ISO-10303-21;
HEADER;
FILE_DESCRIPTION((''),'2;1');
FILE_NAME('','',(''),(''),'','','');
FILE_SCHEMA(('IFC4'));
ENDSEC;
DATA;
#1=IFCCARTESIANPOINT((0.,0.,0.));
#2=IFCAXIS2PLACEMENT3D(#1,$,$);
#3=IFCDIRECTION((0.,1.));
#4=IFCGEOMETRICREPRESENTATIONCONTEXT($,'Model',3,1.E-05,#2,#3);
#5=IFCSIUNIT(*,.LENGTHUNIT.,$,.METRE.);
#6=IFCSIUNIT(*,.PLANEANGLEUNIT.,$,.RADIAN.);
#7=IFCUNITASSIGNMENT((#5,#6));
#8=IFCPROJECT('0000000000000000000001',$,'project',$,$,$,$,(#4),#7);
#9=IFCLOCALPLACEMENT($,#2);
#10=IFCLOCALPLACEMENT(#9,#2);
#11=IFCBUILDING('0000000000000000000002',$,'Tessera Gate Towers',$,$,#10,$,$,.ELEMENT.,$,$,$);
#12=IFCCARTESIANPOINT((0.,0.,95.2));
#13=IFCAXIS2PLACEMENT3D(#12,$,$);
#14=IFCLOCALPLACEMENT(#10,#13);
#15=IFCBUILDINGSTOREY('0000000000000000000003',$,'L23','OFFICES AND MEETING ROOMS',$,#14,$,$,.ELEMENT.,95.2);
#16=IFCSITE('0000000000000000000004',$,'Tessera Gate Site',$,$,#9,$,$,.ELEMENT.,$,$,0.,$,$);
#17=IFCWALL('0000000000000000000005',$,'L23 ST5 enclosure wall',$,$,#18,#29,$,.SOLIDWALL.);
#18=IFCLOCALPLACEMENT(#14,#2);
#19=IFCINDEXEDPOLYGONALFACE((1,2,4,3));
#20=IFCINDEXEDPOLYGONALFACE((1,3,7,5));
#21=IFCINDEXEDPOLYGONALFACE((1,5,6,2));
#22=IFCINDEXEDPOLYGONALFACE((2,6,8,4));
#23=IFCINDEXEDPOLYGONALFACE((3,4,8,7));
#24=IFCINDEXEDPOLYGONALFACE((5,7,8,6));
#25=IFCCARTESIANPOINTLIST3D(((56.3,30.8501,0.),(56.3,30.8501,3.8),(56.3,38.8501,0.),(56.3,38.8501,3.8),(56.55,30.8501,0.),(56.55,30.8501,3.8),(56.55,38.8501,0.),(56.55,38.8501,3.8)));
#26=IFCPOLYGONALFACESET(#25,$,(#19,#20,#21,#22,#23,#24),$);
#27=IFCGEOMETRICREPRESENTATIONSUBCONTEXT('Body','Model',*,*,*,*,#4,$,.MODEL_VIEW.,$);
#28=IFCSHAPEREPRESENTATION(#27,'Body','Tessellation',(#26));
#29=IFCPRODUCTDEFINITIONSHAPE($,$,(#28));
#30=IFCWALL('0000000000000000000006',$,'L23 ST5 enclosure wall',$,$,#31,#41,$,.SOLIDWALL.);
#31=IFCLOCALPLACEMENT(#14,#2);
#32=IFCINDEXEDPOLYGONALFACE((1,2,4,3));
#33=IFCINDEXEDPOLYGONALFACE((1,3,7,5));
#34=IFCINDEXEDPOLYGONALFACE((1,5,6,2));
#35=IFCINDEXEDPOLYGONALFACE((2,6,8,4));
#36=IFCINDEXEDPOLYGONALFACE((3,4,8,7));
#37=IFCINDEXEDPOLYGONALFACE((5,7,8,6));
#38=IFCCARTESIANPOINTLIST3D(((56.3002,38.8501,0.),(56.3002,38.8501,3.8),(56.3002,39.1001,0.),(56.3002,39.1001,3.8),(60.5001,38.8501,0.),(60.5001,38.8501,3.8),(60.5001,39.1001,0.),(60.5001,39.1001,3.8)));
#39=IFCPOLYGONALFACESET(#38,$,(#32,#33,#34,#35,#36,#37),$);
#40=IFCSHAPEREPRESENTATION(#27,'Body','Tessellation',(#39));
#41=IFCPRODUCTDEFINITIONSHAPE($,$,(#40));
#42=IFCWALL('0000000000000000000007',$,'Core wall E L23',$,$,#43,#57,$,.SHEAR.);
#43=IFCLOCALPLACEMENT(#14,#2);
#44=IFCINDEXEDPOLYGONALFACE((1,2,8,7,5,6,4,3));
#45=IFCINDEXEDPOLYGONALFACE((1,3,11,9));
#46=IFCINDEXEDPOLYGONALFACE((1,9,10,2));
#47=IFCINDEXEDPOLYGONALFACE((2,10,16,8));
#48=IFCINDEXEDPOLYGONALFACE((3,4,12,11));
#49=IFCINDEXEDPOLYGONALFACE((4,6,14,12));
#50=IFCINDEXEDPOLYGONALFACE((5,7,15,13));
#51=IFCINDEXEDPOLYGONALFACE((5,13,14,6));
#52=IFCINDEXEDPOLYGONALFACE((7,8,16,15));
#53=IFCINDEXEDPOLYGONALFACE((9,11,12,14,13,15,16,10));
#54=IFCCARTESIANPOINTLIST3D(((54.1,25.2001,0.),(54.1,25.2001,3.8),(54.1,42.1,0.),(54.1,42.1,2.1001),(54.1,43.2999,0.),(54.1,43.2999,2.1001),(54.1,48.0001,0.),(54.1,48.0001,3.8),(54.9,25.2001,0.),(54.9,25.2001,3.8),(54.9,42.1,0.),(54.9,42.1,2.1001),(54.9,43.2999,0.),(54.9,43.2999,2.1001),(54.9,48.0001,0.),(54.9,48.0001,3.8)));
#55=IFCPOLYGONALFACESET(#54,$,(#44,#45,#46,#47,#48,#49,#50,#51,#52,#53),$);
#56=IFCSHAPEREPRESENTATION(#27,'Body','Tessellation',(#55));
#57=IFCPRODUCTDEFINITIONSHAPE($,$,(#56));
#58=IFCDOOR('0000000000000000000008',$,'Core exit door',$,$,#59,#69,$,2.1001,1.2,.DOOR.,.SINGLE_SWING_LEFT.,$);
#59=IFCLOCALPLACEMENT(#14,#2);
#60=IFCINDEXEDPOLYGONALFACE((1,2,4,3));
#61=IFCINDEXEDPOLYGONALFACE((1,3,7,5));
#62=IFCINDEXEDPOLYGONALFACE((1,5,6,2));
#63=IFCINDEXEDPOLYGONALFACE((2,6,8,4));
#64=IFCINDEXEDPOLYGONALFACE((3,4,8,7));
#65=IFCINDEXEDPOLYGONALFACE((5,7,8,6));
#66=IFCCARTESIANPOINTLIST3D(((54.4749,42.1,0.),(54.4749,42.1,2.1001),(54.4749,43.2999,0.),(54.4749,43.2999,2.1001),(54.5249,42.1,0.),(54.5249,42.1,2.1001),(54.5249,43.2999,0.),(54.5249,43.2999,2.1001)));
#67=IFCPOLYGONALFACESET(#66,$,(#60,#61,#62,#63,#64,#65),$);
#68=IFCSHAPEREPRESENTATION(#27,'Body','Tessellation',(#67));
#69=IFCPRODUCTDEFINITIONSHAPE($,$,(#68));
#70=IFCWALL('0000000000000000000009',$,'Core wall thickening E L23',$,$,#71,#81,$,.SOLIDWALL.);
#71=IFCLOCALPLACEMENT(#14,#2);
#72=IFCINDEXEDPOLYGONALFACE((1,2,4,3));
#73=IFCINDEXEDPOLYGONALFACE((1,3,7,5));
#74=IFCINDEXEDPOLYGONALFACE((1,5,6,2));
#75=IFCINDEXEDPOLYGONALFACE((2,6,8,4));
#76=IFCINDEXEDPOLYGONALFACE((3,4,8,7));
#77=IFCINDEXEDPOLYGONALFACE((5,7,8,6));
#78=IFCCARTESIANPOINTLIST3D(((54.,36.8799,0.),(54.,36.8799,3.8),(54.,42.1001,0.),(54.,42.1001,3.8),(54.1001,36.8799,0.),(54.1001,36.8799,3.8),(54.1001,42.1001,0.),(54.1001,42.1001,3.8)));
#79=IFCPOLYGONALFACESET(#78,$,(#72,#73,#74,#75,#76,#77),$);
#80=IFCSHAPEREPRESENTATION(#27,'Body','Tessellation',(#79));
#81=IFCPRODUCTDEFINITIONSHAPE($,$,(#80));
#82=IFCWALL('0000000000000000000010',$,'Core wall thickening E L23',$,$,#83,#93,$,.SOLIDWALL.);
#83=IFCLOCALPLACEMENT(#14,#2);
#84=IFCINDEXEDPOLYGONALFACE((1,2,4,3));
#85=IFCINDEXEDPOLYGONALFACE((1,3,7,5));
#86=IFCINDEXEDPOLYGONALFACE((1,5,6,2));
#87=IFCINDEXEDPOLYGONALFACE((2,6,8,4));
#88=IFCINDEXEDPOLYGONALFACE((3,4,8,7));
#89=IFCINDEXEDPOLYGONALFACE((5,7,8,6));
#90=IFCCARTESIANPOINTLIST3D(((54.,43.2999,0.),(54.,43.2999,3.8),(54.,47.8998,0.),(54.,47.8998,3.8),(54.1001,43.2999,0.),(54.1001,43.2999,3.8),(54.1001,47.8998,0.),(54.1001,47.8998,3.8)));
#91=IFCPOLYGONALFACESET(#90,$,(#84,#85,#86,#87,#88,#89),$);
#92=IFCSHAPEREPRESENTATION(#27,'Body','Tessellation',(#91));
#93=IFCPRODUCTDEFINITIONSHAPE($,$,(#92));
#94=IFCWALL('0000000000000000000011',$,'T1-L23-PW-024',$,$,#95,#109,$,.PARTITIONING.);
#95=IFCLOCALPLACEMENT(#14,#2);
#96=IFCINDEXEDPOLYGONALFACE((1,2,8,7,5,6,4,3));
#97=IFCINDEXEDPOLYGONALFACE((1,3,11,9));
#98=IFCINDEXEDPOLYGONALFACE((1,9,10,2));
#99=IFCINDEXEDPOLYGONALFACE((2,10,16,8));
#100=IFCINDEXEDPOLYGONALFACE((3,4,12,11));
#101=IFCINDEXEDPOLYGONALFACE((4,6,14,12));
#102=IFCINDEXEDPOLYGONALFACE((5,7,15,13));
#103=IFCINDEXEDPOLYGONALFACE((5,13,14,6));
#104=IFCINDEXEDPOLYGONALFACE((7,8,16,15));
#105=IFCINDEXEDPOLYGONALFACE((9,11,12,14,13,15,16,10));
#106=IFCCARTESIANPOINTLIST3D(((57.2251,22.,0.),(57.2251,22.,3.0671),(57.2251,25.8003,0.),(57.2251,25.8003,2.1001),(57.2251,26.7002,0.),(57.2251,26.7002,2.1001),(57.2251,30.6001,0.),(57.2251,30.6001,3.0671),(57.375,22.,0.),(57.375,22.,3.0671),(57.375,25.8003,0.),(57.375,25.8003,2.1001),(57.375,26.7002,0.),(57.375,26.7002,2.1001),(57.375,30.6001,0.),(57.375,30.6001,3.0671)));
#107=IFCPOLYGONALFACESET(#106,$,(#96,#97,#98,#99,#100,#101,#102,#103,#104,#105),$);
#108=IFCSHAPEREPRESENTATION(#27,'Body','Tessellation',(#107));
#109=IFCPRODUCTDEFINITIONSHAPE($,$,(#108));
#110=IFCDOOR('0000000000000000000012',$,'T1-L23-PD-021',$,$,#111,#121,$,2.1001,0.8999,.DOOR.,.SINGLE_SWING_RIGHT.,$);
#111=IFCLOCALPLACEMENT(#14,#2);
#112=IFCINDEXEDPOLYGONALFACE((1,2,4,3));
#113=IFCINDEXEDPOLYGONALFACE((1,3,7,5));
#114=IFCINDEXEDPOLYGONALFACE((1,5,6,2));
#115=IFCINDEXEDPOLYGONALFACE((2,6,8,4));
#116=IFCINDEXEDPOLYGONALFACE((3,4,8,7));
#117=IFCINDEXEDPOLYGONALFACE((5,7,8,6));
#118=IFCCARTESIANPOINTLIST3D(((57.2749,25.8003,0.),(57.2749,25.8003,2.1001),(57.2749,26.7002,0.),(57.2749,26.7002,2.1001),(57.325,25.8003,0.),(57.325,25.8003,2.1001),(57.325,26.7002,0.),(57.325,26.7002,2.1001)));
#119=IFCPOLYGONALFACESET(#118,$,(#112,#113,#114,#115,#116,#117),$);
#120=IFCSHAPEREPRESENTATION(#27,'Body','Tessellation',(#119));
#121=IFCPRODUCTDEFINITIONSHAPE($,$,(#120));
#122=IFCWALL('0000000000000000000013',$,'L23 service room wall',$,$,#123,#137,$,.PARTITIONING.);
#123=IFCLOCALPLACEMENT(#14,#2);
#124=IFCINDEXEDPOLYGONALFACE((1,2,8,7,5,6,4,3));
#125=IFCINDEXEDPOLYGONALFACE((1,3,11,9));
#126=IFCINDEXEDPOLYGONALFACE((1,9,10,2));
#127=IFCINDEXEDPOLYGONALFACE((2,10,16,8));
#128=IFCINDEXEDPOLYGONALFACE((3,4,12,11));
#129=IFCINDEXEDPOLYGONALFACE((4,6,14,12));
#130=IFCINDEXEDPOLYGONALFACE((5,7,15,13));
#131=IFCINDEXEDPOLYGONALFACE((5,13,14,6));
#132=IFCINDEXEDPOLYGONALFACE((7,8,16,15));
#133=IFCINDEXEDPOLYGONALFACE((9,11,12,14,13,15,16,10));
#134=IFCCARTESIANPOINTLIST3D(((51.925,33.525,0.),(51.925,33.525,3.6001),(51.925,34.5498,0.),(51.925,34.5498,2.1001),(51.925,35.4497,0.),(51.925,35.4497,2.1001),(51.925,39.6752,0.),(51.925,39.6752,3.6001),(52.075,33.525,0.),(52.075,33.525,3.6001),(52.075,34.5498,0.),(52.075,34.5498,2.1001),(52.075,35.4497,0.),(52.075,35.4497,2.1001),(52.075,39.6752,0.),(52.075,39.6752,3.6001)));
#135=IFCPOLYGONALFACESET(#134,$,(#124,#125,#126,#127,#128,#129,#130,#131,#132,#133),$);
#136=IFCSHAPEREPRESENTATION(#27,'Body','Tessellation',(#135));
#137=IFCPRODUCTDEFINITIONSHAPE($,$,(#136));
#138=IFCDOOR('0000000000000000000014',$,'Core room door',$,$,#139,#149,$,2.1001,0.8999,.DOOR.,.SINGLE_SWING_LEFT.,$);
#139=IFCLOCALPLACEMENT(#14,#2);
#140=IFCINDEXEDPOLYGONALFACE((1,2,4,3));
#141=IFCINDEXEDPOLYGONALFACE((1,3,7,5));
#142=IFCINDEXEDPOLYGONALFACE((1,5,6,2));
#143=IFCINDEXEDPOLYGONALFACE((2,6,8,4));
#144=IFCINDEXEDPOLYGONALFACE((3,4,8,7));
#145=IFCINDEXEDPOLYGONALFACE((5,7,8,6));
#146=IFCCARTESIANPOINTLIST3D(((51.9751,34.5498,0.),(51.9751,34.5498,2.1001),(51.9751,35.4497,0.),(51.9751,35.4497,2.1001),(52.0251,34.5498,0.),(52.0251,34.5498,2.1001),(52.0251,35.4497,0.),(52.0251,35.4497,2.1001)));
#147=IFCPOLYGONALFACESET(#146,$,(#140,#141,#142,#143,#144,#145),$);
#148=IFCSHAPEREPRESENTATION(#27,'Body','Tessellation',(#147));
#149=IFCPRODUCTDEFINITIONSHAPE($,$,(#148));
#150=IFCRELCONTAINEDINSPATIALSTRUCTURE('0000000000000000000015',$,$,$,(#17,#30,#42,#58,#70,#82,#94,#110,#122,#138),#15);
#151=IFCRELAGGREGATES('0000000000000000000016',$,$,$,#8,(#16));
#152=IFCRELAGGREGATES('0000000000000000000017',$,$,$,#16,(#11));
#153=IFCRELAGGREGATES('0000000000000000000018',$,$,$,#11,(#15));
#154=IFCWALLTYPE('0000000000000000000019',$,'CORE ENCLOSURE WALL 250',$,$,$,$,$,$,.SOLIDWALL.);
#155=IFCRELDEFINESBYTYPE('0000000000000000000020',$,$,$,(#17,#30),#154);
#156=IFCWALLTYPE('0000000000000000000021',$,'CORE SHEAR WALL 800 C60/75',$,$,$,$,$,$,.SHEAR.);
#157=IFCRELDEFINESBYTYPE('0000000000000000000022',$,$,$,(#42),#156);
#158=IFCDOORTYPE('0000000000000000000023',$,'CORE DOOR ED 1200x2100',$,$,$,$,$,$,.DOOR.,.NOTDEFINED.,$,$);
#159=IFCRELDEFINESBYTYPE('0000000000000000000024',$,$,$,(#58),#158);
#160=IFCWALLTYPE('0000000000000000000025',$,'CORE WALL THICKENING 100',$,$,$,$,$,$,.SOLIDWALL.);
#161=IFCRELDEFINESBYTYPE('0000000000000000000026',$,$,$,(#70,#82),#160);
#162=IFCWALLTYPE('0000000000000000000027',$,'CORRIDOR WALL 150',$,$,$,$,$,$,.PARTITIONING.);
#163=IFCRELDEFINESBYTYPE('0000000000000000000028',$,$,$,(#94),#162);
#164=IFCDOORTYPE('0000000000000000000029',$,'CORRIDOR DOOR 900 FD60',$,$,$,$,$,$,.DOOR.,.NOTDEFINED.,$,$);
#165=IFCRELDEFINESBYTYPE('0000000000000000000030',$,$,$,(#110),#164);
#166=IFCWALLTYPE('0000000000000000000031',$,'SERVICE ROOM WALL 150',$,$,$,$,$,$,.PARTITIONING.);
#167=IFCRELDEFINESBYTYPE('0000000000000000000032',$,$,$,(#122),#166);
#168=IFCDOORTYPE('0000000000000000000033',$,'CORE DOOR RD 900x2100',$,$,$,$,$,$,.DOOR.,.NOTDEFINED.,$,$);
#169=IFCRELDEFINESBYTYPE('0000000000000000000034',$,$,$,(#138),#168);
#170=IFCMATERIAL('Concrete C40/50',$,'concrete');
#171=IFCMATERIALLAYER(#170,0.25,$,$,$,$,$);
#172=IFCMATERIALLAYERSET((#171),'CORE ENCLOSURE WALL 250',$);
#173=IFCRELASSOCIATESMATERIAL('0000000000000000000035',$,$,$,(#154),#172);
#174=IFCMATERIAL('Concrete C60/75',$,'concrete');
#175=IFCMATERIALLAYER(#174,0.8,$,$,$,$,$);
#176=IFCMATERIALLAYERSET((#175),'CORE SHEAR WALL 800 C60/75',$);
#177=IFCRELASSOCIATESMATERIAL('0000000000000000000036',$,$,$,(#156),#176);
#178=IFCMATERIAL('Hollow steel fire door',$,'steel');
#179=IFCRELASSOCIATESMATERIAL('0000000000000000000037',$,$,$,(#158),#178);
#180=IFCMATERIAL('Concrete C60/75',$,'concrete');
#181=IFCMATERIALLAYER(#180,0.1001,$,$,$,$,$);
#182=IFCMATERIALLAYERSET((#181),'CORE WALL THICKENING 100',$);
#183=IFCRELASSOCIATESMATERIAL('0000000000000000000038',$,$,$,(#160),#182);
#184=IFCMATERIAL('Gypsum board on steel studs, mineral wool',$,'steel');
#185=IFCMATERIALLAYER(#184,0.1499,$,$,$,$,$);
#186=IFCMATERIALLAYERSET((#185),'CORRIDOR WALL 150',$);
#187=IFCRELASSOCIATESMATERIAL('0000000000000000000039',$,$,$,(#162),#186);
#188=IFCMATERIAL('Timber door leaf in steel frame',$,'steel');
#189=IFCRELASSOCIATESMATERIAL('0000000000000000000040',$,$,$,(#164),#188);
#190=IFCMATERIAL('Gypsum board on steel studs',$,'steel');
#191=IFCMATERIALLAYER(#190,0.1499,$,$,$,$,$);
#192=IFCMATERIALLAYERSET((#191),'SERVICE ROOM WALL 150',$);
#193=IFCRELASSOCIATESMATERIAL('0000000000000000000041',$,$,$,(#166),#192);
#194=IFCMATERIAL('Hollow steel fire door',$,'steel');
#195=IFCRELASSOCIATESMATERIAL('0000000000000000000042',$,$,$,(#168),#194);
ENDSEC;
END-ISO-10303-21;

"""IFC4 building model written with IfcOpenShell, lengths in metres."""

from ifc_helpers import new_model, si_unit, direction, frame, frame_2d, origin, place, context, subcontext, project, spatial, rectangle, extrude, source, transform, mapped, material, layer, layer_set, type_object, element, fill, save


model = new_model("IFC4")

# Units and contexts
model_context = context("Model", 3, precision=1e-05, world=origin(), true_north=direction((0.0, 1.0)))
body_context = subcontext(model_context, "Body", "Model", "MODEL_VIEW")
ifc_project = project(units=[si_unit("LENGTHUNIT", "METRE"), si_unit("PLANEANGLEUNIT", "RADIAN")], contexts=[model_context])

# Site, building, storey
site_placement = place(None, origin())
site = spatial("IfcSite", under=ifc_project, at=site_placement, Name="Tessera Gate Site", CompositionType="ELEMENT", RefElevation=0.0)
building_placement = place(site_placement, origin())
building = spatial("IfcBuilding", under=site, at=building_placement, Name="Tessera Gate Towers", CompositionType="ELEMENT")
storey_placement = place(building_placement, frame((0.0, 0.0, 95.2)))
storey = spatial("IfcBuildingStorey", under=building, at=storey_placement, Name="L23", Description="OFFICES AND MEETING ROOMS", CompositionType="ELEMENT", Elevation=95.2)

# Shared definitions
ifc_material_1 = material(Name="Concrete C40/50", Category="concrete")
ifc_layer_1 = layer(ifc_material_1, 0.25)
ifc_layer_set_1 = layer_set([ifc_layer_1], Name="CORE ENCLOSURE WALL 250")
wall_type_1 = type_object("IfcWallType", Name="CORE ENCLOSURE WALL 250", PredefinedType="SOLIDWALL", material=ifc_layer_set_1)
shared_shape_1 = source(origin(), body_context, "Body", "SweptSolid", [
    extrude(rectangle(XDim=1.2, YDim=2.1001, at=frame_2d((0.6001, 1.05))), frame((0.0, 0.0249, 0.0), z_axis=(0.0, -1.0, 0.0), x_axis=(1.0, 0.0, 0.0)), (0.0, 0.0, 1.0), 0.05),
])

# Walls
wall_1_placement = place(storey_placement, frame((56.425, 30.8501, 0.0), z_axis=(0.0, 0.0, 1.0), x_axis=(0.0, 1.0, 0.0)))
element("IfcWall", 1, at=wall_1_placement, inside=storey, type_object=wall_type_1, Name="L23 ST5 enclosure wall", PredefinedType="SOLIDWALL", context=body_context, shape_type="SweptSolid", body=[
    extrude(rectangle(XDim=8.0, YDim=0.25, at=frame_2d((4.0, 0.0))), origin(), (0.0, 0.0, 1.0), 3.8),
])
wall_2_placement = place(storey_placement, frame((56.3, 38.9751, 0.0), z_axis=(0.0, 0.0, 1.0), x_axis=(1.0, 0.0, 0.0)))
element("IfcWall", 2, at=wall_2_placement, inside=storey, type_object=wall_type_1, Name="L23 ST5 enclosure wall", PredefinedType="SOLIDWALL", context=body_context, shape_type="SweptSolid", body=[
    extrude(rectangle(XDim=4.2, YDim=0.25, at=frame_2d((2.1001, 0.0))), origin(), (0.0, 0.0, 1.0), 3.8),
])

# Wall, opening, door
ifc_material_2 = material(Name="Concrete C60/75", Category="concrete")
ifc_layer_2 = layer(ifc_material_2, 0.8)
ifc_layer_set_2 = layer_set([ifc_layer_2], Name="CORE SHEAR WALL 800 C60/75")
wall_type_2 = type_object("IfcWallType", Name="CORE SHEAR WALL 800 C60/75", PredefinedType="SHEAR", material=ifc_layer_set_2)
wall_3_placement = place(storey_placement, frame((54.5, 48.0, 0.0), z_axis=(0.0, 0.0, 1.0), x_axis=(0.0, -1.0, 0.0)))
wall_3 = element("IfcWall", 3, at=wall_3_placement, inside=storey, type_object=wall_type_2, Name="Core wall E L23", PredefinedType="SHEAR", context=body_context, shape_type="SweptSolid", body=[
    extrude(rectangle(XDim=22.8, YDim=0.8, at=frame_2d((11.3999, 0.0))), origin(), (0.0, 0.0, 1.0), 3.8),
])
shared_shape_2 = source(origin(), body_context, "Body", "SweptSolid", [
    extrude(rectangle(XDim=1.2, YDim=2.1001, at=frame_2d((0.6001, 1.05))), frame((0.0, 0.4099, 0.0), z_axis=(0.0, -1.0, 0.0), x_axis=(1.0, 0.0, 0.0)), (0.0, 0.0, 1.0), 0.8201),
])
opening_1_placement = place(wall_3_placement, frame((4.7, 0.0, 0.0)))
opening_1 = element("IfcOpeningElement", 4, at=opening_1_placement, cuts=wall_3, PredefinedType="OPENING", context=body_context, shape_type="MappedRepresentation", body=[
    mapped(shared_shape_2, transform((0.0, 0.0, 0.0), scale=1.0)),
])
ifc_material_3 = material(Name="Hollow steel fire door", Category="steel")
door_type_1 = type_object("IfcDoorType", Name="CORE DOOR ED 1200x2100", OperationType="NOTDEFINED", PredefinedType="DOOR", material=ifc_material_3)
door_1_placement = place(opening_1_placement, origin())
door_1 = element("IfcDoor", 5, at=door_1_placement, inside=storey, type_object=door_type_1, Name="Core exit door", OperationType="SINGLE_SWING_LEFT", OverallHeight=2.1001, OverallWidth=1.2, PredefinedType="DOOR", context=body_context, shape_type="MappedRepresentation", body=[
    mapped(shared_shape_1, transform((0.0, 0.0, 0.0), scale=1.0)),
])
fill(opening_1, door_1)

# Walls
ifc_material_4 = material(Name="Concrete C60/75", Category="concrete")
ifc_layer_3 = layer(ifc_material_4, 0.1001)
ifc_layer_set_3 = layer_set([ifc_layer_3], Name="CORE WALL THICKENING 100")
wall_type_3 = type_object("IfcWallType", Name="CORE WALL THICKENING 100", PredefinedType="SOLIDWALL", material=ifc_layer_set_3)
wall_4_placement = place(storey_placement, frame((54.05, 36.8799, 0.0), z_axis=(0.0, 0.0, 1.0), x_axis=(0.0, 1.0, 0.0)))
element("IfcWall", 6, at=wall_4_placement, inside=storey, type_object=wall_type_3, Name="Core wall thickening E L23", PredefinedType="SOLIDWALL", context=body_context, shape_type="SweptSolid", body=[
    extrude(rectangle(XDim=5.2202, YDim=0.1001, at=frame_2d((2.6101, 0.0))), origin(), (0.0, 0.0, 1.0), 3.8),
])
wall_5_placement = place(storey_placement, frame((54.05, 43.3, 0.0), z_axis=(0.0, 0.0, 1.0), x_axis=(0.0, 1.0, 0.0)))
element("IfcWall", 7, at=wall_5_placement, inside=storey, type_object=wall_type_3, Name="Core wall thickening E L23", PredefinedType="SOLIDWALL", context=body_context, shape_type="SweptSolid", body=[
    extrude(rectangle(XDim=4.5999, YDim=0.1001, at=frame_2d((2.2998, 0.0))), origin(), (0.0, 0.0, 1.0), 3.8),
])

# Walls, openings, doors
ifc_material_5 = material(Name="Gypsum board on steel studs, mineral wool", Category="steel")
ifc_layer_4 = layer(ifc_material_5, 0.1499)
ifc_layer_set_4 = layer_set([ifc_layer_4], Name="CORRIDOR WALL 150")
wall_type_4 = type_object("IfcWallType", Name="CORRIDOR WALL 150", PredefinedType="PARTITIONING", material=ifc_layer_set_4)
wall_6_placement = place(storey_placement, frame((57.3, 30.6001, 0.0), z_axis=(0.0, 0.0, 1.0), x_axis=(0.0, -1.0, 0.0)))
wall_6 = element("IfcWall", 8, at=wall_6_placement, inside=storey, type_object=wall_type_4, Name="T1-L23-PW-024", PredefinedType="PARTITIONING", context=body_context, shape_type="SweptSolid", body=[
    extrude(rectangle(XDim=8.6001, YDim=0.1499, at=frame_2d((4.3, 0.0))), origin(), (0.0, 0.0, 1.0), 3.0671),
])
shared_shape_3 = source(origin(), body_context, "Body", "SweptSolid", [
    extrude(rectangle(XDim=0.8999, YDim=2.1001, at=frame_2d((0.45, 1.05))), frame((0.0, 0.085, 0.0), z_axis=(0.0, -1.0, 0.0), x_axis=(1.0, 0.0, 0.0)), (0.0, 0.0, 1.0), 0.1699),
])
opening_2_placement = place(wall_6_placement, frame((3.8999, 0.0, 0.0)))
opening_2 = element("IfcOpeningElement", 9, at=opening_2_placement, cuts=wall_6, PredefinedType="OPENING", context=body_context, shape_type="MappedRepresentation", body=[
    mapped(shared_shape_3, transform((0.0, 0.0, 0.0), scale=1.0)),
])
ifc_material_6 = material(Name="Timber door leaf in steel frame", Category="steel")
door_type_2 = type_object("IfcDoorType", Name="CORRIDOR DOOR 900 FD60", OperationType="NOTDEFINED", PredefinedType="DOOR", material=ifc_material_6)
shared_shape_4 = source(origin(), body_context, "Body", "SweptSolid", [
    extrude(rectangle(XDim=0.8999, YDim=2.1001, at=frame_2d((0.45, 1.05))), frame((0.0, 0.0249, 0.0), z_axis=(0.0, -1.0, 0.0), x_axis=(1.0, 0.0, 0.0)), (0.0, 0.0, 1.0), 0.05),
])
door_2_placement = place(opening_2_placement, origin())
door_2 = element("IfcDoor", 10, at=door_2_placement, inside=storey, type_object=door_type_2, Name="T1-L23-PD-021", OperationType="SINGLE_SWING_RIGHT", OverallHeight=2.1001, OverallWidth=0.8999, PredefinedType="DOOR", context=body_context, shape_type="MappedRepresentation", body=[
    mapped(shared_shape_4, transform((0.0, 0.0, 0.0), scale=1.0)),
])
fill(opening_2, door_2)
ifc_material_7 = material(Name="Gypsum board on steel studs", Category="steel")
ifc_layer_5 = layer(ifc_material_7, 0.1499)
ifc_layer_set_5 = layer_set([ifc_layer_5], Name="SERVICE ROOM WALL 150")
wall_type_5 = type_object("IfcWallType", Name="SERVICE ROOM WALL 150", PredefinedType="PARTITIONING", material=ifc_layer_set_5)
wall_7_placement = place(storey_placement, frame((52.0, 33.5249, 0.0), z_axis=(0.0, 0.0, 1.0), x_axis=(0.0, 1.0, 0.0)))
wall_7 = element("IfcWall", 11, at=wall_7_placement, inside=storey, type_object=wall_type_5, Name="L23 service room wall", PredefinedType="PARTITIONING", context=body_context, shape_type="SweptSolid", body=[
    extrude(rectangle(XDim=6.1501, YDim=0.1499, at=frame_2d((3.0752, 0.0))), origin(), (0.0, 0.0, 1.0), 3.6001),
])
opening_3_placement = place(wall_7_placement, frame((1.0249, 0.0, 0.0)))
opening_3 = element("IfcOpeningElement", 12, at=opening_3_placement, cuts=wall_7, PredefinedType="OPENING", context=body_context, shape_type="MappedRepresentation", body=[
    mapped(shared_shape_3, transform((0.0, 0.0, 0.0), scale=1.0)),
])
ifc_material_8 = material(Name="Hollow steel fire door", Category="steel")
door_type_3 = type_object("IfcDoorType", Name="CORE DOOR RD 900x2100", OperationType="NOTDEFINED", PredefinedType="DOOR", material=ifc_material_8)
door_3_placement = place(opening_3_placement, origin())
door_3 = element("IfcDoor", 13, at=door_3_placement, inside=storey, type_object=door_type_3, Name="Core room door", OperationType="SINGLE_SWING_LEFT", OverallHeight=2.1001, OverallWidth=0.8999, PredefinedType="DOOR", context=body_context, shape_type="MappedRepresentation", body=[
    mapped(shared_shape_4, transform((0.0, 0.0, 0.0), scale=1.0)),
])
fill(opening_3, door_3)

save(model, "model.ifc")
